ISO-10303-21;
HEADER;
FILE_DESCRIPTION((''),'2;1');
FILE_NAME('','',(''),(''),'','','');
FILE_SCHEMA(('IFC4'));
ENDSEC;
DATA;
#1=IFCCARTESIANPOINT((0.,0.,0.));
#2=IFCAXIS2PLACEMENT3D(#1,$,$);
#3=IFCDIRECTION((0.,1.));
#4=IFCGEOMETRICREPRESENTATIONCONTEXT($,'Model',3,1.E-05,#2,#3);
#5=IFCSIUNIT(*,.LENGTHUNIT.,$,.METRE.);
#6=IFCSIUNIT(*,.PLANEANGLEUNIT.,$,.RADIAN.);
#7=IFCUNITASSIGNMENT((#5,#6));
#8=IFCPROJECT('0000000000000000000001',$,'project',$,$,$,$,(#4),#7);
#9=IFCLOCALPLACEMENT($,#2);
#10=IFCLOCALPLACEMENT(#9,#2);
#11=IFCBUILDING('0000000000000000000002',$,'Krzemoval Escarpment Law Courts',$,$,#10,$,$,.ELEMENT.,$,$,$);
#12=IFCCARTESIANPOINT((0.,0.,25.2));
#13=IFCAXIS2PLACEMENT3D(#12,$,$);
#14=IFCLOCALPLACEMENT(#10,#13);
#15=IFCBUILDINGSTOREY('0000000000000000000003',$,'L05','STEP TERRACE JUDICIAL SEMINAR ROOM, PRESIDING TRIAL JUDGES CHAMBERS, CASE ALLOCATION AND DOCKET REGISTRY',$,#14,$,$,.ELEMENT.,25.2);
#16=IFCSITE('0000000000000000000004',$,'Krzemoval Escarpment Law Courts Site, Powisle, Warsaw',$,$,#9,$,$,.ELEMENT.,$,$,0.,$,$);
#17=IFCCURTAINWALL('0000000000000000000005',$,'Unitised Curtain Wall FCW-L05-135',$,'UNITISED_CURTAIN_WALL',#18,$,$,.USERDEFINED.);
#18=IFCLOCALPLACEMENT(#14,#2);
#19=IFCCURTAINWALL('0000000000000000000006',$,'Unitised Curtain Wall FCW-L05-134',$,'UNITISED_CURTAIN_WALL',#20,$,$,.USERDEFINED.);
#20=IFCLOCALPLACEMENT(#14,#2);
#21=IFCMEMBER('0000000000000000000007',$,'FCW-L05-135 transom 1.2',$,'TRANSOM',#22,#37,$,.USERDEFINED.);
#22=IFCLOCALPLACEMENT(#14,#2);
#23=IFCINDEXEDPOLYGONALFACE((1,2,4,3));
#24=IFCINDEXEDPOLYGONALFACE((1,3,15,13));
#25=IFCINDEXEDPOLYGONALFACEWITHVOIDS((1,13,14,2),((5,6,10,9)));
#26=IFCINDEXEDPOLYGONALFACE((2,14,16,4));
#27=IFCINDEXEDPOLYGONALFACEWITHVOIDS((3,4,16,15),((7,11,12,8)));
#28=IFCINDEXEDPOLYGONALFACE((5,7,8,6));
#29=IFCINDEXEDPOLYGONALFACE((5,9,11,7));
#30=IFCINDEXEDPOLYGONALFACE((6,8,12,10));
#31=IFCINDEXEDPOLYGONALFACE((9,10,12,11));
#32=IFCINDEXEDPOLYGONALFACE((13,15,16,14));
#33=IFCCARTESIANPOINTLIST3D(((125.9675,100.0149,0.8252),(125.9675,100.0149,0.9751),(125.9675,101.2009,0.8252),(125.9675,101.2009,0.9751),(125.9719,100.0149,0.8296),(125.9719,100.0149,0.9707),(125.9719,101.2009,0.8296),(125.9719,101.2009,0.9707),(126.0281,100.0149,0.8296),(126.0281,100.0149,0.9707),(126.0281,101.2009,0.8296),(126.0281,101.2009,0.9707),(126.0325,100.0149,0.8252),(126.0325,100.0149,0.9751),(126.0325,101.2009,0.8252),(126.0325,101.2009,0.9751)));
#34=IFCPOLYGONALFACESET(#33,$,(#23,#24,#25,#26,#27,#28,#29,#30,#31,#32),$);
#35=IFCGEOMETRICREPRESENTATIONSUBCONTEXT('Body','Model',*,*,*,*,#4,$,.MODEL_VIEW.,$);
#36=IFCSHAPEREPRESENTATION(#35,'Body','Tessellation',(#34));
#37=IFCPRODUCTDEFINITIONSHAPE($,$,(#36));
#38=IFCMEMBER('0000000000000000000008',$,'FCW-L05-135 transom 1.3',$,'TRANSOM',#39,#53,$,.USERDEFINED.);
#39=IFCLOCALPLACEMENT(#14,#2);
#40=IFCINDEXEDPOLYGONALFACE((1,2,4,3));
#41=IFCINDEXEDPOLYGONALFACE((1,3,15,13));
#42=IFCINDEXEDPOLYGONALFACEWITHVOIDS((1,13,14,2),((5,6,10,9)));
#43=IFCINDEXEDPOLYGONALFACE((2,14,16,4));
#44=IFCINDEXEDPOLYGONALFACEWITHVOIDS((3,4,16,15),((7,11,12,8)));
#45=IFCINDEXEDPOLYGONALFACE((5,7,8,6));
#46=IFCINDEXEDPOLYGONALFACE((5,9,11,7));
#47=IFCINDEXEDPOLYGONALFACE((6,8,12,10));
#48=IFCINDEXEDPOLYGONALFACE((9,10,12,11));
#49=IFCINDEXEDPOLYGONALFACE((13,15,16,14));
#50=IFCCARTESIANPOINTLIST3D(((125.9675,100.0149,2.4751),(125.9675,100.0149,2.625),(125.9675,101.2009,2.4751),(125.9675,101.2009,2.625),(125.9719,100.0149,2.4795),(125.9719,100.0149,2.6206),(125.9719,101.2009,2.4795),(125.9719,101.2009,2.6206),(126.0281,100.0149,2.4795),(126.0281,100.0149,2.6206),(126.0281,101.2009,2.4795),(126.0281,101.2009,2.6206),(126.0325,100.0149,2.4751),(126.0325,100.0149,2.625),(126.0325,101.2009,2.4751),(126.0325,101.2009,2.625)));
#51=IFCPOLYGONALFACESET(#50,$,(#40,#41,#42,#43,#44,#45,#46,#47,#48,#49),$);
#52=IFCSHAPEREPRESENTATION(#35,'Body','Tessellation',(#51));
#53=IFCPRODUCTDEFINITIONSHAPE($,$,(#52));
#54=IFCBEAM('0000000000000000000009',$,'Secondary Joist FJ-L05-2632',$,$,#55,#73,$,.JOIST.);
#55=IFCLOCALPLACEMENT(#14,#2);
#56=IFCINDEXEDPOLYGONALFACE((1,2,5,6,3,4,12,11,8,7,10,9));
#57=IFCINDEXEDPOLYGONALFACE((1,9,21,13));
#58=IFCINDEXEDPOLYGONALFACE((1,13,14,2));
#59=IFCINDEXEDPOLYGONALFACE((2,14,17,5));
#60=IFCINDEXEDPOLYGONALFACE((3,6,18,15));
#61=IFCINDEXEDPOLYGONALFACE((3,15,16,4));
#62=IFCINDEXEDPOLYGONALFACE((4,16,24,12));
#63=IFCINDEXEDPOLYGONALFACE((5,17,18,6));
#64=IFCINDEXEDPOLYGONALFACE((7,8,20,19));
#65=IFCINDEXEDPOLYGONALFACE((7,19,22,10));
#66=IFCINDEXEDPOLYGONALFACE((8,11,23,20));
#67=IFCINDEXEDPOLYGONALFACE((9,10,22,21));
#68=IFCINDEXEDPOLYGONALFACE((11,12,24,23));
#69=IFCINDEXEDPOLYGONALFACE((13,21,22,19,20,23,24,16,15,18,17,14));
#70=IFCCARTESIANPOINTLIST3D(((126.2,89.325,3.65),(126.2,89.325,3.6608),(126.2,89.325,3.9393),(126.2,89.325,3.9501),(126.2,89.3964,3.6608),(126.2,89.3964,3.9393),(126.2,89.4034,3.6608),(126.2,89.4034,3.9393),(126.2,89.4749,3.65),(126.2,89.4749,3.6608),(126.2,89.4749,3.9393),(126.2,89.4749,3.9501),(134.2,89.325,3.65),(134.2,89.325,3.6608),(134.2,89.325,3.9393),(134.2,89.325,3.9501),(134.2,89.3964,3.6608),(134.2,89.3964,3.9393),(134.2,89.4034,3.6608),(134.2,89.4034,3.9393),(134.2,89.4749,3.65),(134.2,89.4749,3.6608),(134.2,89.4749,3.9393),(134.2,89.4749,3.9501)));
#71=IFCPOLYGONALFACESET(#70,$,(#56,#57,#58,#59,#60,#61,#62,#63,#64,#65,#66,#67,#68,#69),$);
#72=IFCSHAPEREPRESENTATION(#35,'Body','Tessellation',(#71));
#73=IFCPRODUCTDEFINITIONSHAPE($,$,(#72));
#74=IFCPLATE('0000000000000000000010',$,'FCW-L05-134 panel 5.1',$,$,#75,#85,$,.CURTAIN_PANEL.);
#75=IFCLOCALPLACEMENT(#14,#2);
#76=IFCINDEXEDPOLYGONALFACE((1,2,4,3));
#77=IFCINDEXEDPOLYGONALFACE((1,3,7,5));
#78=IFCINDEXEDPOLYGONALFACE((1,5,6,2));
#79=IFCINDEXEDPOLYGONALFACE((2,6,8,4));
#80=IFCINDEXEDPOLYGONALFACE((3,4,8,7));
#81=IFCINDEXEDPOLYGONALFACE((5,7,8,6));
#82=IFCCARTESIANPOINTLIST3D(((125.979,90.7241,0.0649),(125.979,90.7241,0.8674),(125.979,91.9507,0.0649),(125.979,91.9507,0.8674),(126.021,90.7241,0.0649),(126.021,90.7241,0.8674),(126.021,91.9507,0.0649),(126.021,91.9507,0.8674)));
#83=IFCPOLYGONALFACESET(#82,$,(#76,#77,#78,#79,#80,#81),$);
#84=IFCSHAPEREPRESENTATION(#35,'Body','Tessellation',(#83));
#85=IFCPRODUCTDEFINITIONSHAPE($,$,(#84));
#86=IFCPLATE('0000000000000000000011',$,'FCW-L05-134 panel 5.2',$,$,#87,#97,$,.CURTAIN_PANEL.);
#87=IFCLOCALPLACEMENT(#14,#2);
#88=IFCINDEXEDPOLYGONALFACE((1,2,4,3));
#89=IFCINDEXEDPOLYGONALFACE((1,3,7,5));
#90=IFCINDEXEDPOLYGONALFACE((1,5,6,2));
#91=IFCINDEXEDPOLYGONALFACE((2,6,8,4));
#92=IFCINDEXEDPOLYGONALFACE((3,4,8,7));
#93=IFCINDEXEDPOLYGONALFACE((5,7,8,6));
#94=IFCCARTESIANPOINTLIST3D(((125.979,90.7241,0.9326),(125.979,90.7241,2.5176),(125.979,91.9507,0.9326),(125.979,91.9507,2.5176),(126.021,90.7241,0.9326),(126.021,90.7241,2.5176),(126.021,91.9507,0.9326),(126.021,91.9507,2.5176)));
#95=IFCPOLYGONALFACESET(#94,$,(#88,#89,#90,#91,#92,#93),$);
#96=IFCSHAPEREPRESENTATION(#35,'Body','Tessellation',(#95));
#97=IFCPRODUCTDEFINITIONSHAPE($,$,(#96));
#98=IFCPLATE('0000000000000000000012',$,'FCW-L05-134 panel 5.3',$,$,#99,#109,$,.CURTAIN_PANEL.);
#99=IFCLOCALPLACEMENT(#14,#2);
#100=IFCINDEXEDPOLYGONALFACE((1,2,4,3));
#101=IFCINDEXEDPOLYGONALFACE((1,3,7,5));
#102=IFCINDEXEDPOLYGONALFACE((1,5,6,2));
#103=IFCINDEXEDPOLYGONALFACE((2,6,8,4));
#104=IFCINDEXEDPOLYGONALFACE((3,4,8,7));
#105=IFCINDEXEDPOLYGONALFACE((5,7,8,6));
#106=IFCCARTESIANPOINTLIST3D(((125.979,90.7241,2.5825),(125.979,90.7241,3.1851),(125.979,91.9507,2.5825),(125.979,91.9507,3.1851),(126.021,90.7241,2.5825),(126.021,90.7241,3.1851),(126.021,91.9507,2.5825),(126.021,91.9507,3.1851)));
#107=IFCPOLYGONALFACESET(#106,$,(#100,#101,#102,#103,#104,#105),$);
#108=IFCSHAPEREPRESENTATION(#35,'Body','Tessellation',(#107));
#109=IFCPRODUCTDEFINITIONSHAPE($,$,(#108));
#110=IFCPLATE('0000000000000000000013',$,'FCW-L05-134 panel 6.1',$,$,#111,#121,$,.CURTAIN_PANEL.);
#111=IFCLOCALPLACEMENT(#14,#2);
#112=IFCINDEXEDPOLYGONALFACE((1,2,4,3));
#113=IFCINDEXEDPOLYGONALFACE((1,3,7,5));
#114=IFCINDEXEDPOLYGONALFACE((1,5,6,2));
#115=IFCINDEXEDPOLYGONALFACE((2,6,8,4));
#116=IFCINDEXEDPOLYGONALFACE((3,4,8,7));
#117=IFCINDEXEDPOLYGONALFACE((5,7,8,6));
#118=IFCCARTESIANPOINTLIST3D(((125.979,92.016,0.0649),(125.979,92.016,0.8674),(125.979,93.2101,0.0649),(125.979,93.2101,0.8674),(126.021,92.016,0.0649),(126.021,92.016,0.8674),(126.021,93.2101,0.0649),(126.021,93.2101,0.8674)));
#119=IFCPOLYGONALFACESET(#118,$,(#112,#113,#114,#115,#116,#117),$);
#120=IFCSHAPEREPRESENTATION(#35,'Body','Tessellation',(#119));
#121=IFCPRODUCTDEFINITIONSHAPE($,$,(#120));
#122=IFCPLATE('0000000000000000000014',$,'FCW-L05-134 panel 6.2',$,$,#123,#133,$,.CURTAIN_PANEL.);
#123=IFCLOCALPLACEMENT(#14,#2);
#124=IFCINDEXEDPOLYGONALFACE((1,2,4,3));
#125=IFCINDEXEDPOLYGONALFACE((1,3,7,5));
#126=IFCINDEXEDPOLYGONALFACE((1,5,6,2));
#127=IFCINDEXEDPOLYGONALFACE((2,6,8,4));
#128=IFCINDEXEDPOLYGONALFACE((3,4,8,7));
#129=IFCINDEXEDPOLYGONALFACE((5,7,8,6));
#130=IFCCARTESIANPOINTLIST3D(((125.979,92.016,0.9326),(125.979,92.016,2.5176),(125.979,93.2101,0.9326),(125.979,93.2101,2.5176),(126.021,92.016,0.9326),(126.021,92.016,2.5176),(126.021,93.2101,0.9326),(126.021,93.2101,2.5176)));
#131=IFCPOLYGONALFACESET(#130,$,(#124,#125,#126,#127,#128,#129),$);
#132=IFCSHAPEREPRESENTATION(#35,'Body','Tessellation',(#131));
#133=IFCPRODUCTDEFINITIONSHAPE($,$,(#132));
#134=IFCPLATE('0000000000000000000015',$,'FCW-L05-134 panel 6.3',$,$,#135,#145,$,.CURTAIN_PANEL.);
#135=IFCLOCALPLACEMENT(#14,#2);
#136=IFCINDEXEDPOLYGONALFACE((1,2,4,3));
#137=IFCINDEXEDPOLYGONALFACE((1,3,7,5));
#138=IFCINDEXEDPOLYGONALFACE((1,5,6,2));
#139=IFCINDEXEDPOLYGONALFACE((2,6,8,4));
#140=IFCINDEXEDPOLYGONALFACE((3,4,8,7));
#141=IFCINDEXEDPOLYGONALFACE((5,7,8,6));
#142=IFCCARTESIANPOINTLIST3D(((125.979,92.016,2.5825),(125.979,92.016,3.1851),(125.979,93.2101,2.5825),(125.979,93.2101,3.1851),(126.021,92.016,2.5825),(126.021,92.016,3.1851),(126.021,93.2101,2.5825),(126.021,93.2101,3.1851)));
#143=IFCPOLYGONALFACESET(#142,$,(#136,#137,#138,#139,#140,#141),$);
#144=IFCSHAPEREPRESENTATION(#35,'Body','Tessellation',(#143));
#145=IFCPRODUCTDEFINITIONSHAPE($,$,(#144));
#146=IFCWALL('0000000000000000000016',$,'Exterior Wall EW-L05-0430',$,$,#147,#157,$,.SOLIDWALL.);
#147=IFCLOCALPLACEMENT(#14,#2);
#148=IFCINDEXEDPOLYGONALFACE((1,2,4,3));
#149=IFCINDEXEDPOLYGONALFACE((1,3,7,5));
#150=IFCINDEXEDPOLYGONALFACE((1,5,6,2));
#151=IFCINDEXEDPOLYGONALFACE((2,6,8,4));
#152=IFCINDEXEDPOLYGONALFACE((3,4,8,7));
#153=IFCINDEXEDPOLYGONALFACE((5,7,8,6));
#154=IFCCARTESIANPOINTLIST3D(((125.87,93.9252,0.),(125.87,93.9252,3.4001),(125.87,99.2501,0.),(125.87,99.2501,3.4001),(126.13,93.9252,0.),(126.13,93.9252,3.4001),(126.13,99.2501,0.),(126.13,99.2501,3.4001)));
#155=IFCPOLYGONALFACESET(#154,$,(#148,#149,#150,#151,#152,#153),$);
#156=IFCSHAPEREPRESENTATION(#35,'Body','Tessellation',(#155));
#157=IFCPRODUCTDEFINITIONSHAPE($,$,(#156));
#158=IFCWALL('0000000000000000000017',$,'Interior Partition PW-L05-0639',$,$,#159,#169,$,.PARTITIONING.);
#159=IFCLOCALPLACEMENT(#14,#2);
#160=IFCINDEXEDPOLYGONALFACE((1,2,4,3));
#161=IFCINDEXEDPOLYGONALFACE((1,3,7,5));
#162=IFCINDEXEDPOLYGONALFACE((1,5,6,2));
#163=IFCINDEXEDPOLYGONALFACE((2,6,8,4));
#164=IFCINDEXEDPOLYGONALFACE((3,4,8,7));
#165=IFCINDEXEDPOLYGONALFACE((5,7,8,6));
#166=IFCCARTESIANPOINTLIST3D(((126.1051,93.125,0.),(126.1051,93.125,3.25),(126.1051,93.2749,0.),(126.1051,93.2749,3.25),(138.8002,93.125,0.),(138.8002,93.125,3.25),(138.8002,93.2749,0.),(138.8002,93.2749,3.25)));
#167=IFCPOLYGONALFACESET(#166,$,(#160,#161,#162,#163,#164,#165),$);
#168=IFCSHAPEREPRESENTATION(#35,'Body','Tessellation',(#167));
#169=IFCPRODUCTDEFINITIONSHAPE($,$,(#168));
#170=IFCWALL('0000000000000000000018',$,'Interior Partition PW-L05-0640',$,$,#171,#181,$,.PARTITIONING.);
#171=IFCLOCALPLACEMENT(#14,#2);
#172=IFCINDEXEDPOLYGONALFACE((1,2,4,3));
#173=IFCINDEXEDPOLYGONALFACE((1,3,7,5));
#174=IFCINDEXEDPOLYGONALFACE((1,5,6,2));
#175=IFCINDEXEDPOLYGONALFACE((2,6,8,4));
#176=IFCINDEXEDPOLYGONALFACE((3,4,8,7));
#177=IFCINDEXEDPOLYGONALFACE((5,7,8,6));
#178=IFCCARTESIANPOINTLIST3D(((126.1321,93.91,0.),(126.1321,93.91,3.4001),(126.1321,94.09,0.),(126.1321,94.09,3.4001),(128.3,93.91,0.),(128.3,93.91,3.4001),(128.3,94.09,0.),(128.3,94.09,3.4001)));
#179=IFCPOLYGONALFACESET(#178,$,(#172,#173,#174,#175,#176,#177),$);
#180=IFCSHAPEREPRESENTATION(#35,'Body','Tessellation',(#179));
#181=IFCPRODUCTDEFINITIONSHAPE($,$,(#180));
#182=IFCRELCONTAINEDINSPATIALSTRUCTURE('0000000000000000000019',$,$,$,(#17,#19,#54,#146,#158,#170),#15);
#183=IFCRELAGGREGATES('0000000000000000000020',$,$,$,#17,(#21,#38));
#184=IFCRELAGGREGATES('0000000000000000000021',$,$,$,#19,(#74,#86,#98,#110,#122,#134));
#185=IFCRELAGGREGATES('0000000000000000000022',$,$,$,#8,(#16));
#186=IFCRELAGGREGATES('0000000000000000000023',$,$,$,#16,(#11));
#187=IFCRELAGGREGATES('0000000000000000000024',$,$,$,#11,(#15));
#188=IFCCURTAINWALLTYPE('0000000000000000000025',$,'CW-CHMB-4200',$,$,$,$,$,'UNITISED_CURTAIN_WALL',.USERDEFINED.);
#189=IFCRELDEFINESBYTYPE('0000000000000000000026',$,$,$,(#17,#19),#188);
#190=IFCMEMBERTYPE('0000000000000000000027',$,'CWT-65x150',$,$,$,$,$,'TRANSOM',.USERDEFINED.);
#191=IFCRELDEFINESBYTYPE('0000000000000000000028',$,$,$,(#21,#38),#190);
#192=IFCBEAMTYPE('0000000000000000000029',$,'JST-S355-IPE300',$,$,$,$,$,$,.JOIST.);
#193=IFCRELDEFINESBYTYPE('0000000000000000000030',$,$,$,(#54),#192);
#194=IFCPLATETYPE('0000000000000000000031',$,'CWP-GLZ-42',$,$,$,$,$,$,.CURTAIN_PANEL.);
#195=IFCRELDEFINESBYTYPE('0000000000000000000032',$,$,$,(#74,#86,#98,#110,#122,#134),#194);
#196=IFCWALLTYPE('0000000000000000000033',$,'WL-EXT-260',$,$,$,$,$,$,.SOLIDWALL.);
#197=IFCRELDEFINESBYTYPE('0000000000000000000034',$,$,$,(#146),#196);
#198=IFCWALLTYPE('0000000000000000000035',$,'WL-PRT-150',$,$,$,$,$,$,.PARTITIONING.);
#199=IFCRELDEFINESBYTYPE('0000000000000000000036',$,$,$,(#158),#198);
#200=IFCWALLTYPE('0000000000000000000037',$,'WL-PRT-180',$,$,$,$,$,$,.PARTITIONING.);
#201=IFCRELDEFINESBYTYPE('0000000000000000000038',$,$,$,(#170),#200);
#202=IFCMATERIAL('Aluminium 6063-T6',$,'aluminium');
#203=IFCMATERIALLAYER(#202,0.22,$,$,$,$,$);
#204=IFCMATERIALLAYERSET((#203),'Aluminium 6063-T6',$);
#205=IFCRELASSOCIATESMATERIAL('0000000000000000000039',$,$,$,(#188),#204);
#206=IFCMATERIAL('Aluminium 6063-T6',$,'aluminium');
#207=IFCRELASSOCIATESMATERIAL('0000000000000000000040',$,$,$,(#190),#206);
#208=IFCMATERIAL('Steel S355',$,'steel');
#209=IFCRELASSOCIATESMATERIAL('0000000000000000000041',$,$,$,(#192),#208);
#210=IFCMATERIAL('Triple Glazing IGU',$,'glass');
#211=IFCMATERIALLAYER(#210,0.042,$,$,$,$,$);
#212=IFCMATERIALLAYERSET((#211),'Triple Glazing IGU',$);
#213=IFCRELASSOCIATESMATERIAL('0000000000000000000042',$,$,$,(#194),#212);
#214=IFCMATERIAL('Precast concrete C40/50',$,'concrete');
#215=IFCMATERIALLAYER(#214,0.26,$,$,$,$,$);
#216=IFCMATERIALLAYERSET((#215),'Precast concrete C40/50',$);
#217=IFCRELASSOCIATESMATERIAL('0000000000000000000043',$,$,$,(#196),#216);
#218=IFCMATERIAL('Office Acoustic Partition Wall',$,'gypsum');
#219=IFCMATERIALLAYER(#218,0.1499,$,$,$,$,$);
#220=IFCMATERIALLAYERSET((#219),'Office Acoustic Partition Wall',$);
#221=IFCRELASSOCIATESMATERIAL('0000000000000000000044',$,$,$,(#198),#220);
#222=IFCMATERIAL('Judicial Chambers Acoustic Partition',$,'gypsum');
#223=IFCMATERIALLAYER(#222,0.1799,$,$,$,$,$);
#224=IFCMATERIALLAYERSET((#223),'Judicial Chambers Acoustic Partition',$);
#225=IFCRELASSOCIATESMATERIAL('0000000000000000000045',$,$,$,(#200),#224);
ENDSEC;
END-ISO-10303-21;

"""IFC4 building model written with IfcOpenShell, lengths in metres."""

from ifc_helpers import new_model, si_unit, direction, frame, frame_2d, origin, origin_2d, place, context, subcontext, project, spatial, rectangle, hollow_rectangle, i_section, extrude, material, layer, layer_set, material_profile, profile_set, type_object, element, aggregate, save


model = new_model("IFC4")

# Units and contexts
model_context = context("Model", 3, precision=1e-05, world=origin(), true_north=direction((0.0, 1.0)))
body_context = subcontext(model_context, "Body", "Model", "MODEL_VIEW")
ifc_project = project(units=[si_unit("LENGTHUNIT", "METRE"), si_unit("PLANEANGLEUNIT", "RADIAN")], contexts=[model_context])

# Site, building, storey
site_placement = place(None, origin())
site = spatial("IfcSite", under=ifc_project, at=site_placement, Name="Krzemoval Escarpment Law Courts Site, Powisle, Warsaw", CompositionType="ELEMENT", RefElevation=0.0)
building_placement = place(site_placement, origin())
building = spatial("IfcBuilding", under=site, at=building_placement, Name="Krzemoval Escarpment Law Courts", CompositionType="ELEMENT")
storey_placement = place(building_placement, frame((0.0, 0.0, 25.2)))
storey = spatial("IfcBuildingStorey", under=building, at=storey_placement, Name="L05", Description="STEP TERRACE JUDICIAL SEMINAR ROOM, PRESIDING TRIAL JUDGES CHAMBERS, CASE ALLOCATION AND DOCKET REGISTRY", CompositionType="ELEMENT", Elevation=25.2)

# Curtain wall
ifc_material_1 = material(Name="Aluminium 6063-T6", Category="aluminium")
ifc_layer_1 = layer(ifc_material_1, 0.22)
ifc_layer_set_1 = layer_set([ifc_layer_1], Name="Aluminium 6063-T6")
curtain_wall_type = type_object("IfcCurtainWallType", Name="CW-CHMB-4200", ElementType="UNITISED_CURTAIN_WALL", PredefinedType="USERDEFINED", material=ifc_layer_set_1)
curtain_wall_1_placement = place(storey_placement, origin())
curtain_wall_1 = element("IfcCurtainWall", 1, at=curtain_wall_1_placement, inside=storey, type_object=curtain_wall_type, Name="Unitised Curtain Wall FCW-L05-135", ObjectType="UNITISED_CURTAIN_WALL", PredefinedType="USERDEFINED")

# Curtain wall
curtain_wall_2_placement = place(storey_placement, origin())
curtain_wall_2 = element("IfcCurtainWall", 2, at=curtain_wall_2_placement, inside=storey, type_object=curtain_wall_type, Name="Unitised Curtain Wall FCW-L05-134", ObjectType="UNITISED_CURTAIN_WALL", PredefinedType="USERDEFINED")
ifc_material_2 = material(Name="Aluminium 6063-T6", Category="aluminium")
ifc_material_profile_1 = material_profile(ifc_material_2, hollow_rectangle(XDim=0.0649, YDim=0.1499, WallThickness=0.0044, at=origin_2d()), Name="ALU T65x150")
ifc_profile_set_1 = profile_set([ifc_material_profile_1], Name="Aluminium 6063-T6")
member_type_1 = type_object("IfcMemberType", Name="CWT-65x150", ElementType="TRANSOM", PredefinedType="USERDEFINED", material=ifc_profile_set_1)

# Members
member_1_placement = place(storey_placement, frame((126.0, 100.0149, 0.9001), z_axis=(0.0, 1.0, 0.0), x_axis=(-1.0, 0.0, 0.0)))
member_1 = element("IfcMember", 3, at=member_1_placement, type_object=member_type_1, Name="FCW-L05-135 transom 1.2", ObjectType="TRANSOM", PredefinedType="USERDEFINED", context=body_context, shape_type="SweptSolid", body=[
    extrude(hollow_rectangle(XDim=0.0649, YDim=0.1499, WallThickness=0.0044, at=origin_2d()), origin(), (0.0, 0.0, 1.0), 1.186),
])
member_2_placement = place(storey_placement, frame((126.0, 100.0149, 2.55), z_axis=(0.0, 1.0, 0.0), x_axis=(-1.0, 0.0, 0.0)))
member_2 = element("IfcMember", 4, at=member_2_placement, type_object=member_type_1, Name="FCW-L05-135 transom 1.3", ObjectType="TRANSOM", PredefinedType="USERDEFINED", context=body_context, shape_type="SweptSolid", body=[
    extrude(hollow_rectangle(XDim=0.0649, YDim=0.1499, WallThickness=0.0044, at=origin_2d()), origin(), (0.0, 0.0, 1.0), 1.186),
])
aggregate(curtain_wall_1, [member_1, member_2])

# Beam
ifc_material_3 = material(Name="Steel S355", Category="steel")
ifc_material_profile_2 = material_profile(ifc_material_3, i_section(OverallWidth=0.1499, OverallDepth=0.3, WebThickness=0.0071, FlangeThickness=0.0107, at=origin_2d()), Name="IPE 300")
ifc_profile_set_2 = profile_set([ifc_material_profile_2], Name="Steel S355")
beam_type_1 = type_object("IfcBeamType", Name="JST-S355-IPE300", PredefinedType="JOIST", material=ifc_profile_set_2)
beam_1_placement = place(storey_placement, frame((126.2, 89.3999, 3.8), z_axis=(1.0, 0.0, 0.0), x_axis=(0.0, 1.0, 0.0)))
element("IfcBeam", 5, at=beam_1_placement, inside=storey, type_object=beam_type_1, Name="Secondary Joist FJ-L05-2632", PredefinedType="JOIST", context=body_context, shape_type="SweptSolid", body=[
    extrude(i_section(OverallWidth=0.1499, OverallDepth=0.3, WebThickness=0.0071, FlangeThickness=0.0107, at=origin_2d()), origin(), (0.0, 0.0, 1.0), 8.0),
])

# Plates
ifc_material_4 = material(Name="Triple Glazing IGU", Category="glass")
ifc_layer_2 = layer(ifc_material_4, 0.042)
ifc_layer_set_2 = layer_set([ifc_layer_2], Name="Triple Glazing IGU")
plate_type = type_object("IfcPlateType", Name="CWP-GLZ-42", PredefinedType="CURTAIN_PANEL", material=ifc_layer_set_2)
plate_1_placement = place(storey_placement, frame((126.0, 91.3374, 0.0649), z_axis=(0.0, 0.0, 1.0), x_axis=(0.0, 1.0, 0.0)))
plate_1 = element("IfcPlate", 6, at=plate_1_placement, type_object=plate_type, Name="FCW-L05-134 panel 5.1", PredefinedType="CURTAIN_PANEL", context=body_context, shape_type="SweptSolid", body=[
    extrude(rectangle(XDim=1.2266, YDim=0.042, at=origin_2d()), origin(), (0.0, 0.0, 1.0), 0.8025),
])
plate_2_placement = place(storey_placement, frame((126.0, 91.3374, 0.9326), z_axis=(0.0, 0.0, 1.0), x_axis=(0.0, 1.0, 0.0)))
plate_2 = element("IfcPlate", 7, at=plate_2_placement, type_object=plate_type, Name="FCW-L05-134 panel 5.2", PredefinedType="CURTAIN_PANEL", context=body_context, shape_type="SweptSolid", body=[
    extrude(rectangle(XDim=1.2266, YDim=0.042, at=origin_2d()), origin(), (0.0, 0.0, 1.0), 1.585),
])
plate_3_placement = place(storey_placement, frame((126.0, 91.3374, 2.5825), z_axis=(0.0, 0.0, 1.0), x_axis=(0.0, 1.0, 0.0)))
plate_3 = element("IfcPlate", 8, at=plate_3_placement, type_object=plate_type, Name="FCW-L05-134 panel 5.3", PredefinedType="CURTAIN_PANEL", context=body_context, shape_type="SweptSolid", body=[
    extrude(rectangle(XDim=1.2266, YDim=0.042, at=origin_2d()), origin(), (0.0, 0.0, 1.0), 0.6025),
])
plate_4_placement = place(storey_placement, frame((126.0, 92.613, 0.0649), z_axis=(0.0, 0.0, 1.0), x_axis=(0.0, 1.0, 0.0)))
plate_4 = element("IfcPlate", 9, at=plate_4_placement, type_object=plate_type, Name="FCW-L05-134 panel 6.1", PredefinedType="CURTAIN_PANEL", context=body_context, shape_type="SweptSolid", body=[
    extrude(rectangle(XDim=1.1941, YDim=0.042, at=origin_2d()), origin(), (0.0, 0.0, 1.0), 0.8025),
])
plate_5_placement = place(storey_placement, frame((126.0, 92.613, 0.9326), z_axis=(0.0, 0.0, 1.0), x_axis=(0.0, 1.0, 0.0)))
plate_5 = element("IfcPlate", 10, at=plate_5_placement, type_object=plate_type, Name="FCW-L05-134 panel 6.2", PredefinedType="CURTAIN_PANEL", context=body_context, shape_type="SweptSolid", body=[
    extrude(rectangle(XDim=1.1941, YDim=0.042, at=origin_2d()), origin(), (0.0, 0.0, 1.0), 1.585),
])
plate_6_placement = place(storey_placement, frame((126.0, 92.613, 2.5825), z_axis=(0.0, 0.0, 1.0), x_axis=(0.0, 1.0, 0.0)))
plate_6 = element("IfcPlate", 11, at=plate_6_placement, type_object=plate_type, Name="FCW-L05-134 panel 6.3", PredefinedType="CURTAIN_PANEL", context=body_context, shape_type="SweptSolid", body=[
    extrude(rectangle(XDim=1.1941, YDim=0.042, at=origin_2d()), origin(), (0.0, 0.0, 1.0), 0.6025),
])
aggregate(curtain_wall_2, [plate_1, plate_2, plate_3, plate_4, plate_5, plate_6])

# Walls
ifc_material_5 = material(Name="Precast concrete C40/50", Category="concrete")
ifc_layer_3 = layer(ifc_material_5, 0.26)
ifc_layer_set_3 = layer_set([ifc_layer_3], Name="Precast concrete C40/50")
wall_type_1 = type_object("IfcWallType", Name="WL-EXT-260", PredefinedType="SOLIDWALL", material=ifc_layer_set_3)
wall_1_placement = place(storey_placement, frame((126.0, 93.925, 0.0), z_axis=(0.0, 0.0, 1.0), x_axis=(0.0, 1.0, 0.0)))
element("IfcWall", 12, at=wall_1_placement, inside=storey, type_object=wall_type_1, Name="Exterior Wall EW-L05-0430", PredefinedType="SOLIDWALL", context=body_context, shape_type="SweptSolid", body=[
    extrude(rectangle(XDim=5.325, YDim=0.26, at=frame_2d((2.6626, 0.0))), origin(), (0.0, 0.0, 1.0), 3.4001),
])
ifc_material_6 = material(Name="Office Acoustic Partition Wall", Category="gypsum")
ifc_layer_4 = layer(ifc_material_6, 0.1499)
ifc_layer_set_4 = layer_set([ifc_layer_4], Name="Office Acoustic Partition Wall")
wall_type_2 = type_object("IfcWallType", Name="WL-PRT-150", PredefinedType="PARTITIONING", material=ifc_layer_set_4)
wall_2_placement = place(storey_placement, frame((126.105, 93.2, 0.0), z_axis=(0.0, 0.0, 1.0), x_axis=(1.0, 0.0, 0.0)))
element("IfcWall", 13, at=wall_2_placement, inside=storey, type_object=wall_type_2, Name="Interior Partition PW-L05-0639", PredefinedType="PARTITIONING", context=body_context, shape_type="SweptSolid", body=[
    extrude(rectangle(XDim=12.6951, YDim=0.1499, at=frame_2d((6.3477, 0.0))), origin(), (0.0, 0.0, 1.0), 3.25),
])
ifc_material_7 = material(Name="Judicial Chambers Acoustic Partition", Category="gypsum")
ifc_layer_5 = layer(ifc_material_7, 0.1799)
ifc_layer_set_5 = layer_set([ifc_layer_5], Name="Judicial Chambers Acoustic Partition")
wall_type_3 = type_object("IfcWallType", Name="WL-PRT-180", PredefinedType="PARTITIONING", material=ifc_layer_set_5)
wall_3_placement = place(storey_placement, frame((126.1321, 94.0, 0.0), z_axis=(0.0, 0.0, 1.0), x_axis=(1.0, 0.0, 0.0)))
element("IfcWall", 14, at=wall_3_placement, inside=storey, type_object=wall_type_3, Name="Interior Partition PW-L05-0640", PredefinedType="PARTITIONING", context=body_context, shape_type="SweptSolid", body=[
    extrude(rectangle(XDim=2.168, YDim=0.1799, at=frame_2d((1.084, 0.0))), origin(), (0.0, 0.0, 1.0), 3.4001),
])

save(model, "model.ifc")
